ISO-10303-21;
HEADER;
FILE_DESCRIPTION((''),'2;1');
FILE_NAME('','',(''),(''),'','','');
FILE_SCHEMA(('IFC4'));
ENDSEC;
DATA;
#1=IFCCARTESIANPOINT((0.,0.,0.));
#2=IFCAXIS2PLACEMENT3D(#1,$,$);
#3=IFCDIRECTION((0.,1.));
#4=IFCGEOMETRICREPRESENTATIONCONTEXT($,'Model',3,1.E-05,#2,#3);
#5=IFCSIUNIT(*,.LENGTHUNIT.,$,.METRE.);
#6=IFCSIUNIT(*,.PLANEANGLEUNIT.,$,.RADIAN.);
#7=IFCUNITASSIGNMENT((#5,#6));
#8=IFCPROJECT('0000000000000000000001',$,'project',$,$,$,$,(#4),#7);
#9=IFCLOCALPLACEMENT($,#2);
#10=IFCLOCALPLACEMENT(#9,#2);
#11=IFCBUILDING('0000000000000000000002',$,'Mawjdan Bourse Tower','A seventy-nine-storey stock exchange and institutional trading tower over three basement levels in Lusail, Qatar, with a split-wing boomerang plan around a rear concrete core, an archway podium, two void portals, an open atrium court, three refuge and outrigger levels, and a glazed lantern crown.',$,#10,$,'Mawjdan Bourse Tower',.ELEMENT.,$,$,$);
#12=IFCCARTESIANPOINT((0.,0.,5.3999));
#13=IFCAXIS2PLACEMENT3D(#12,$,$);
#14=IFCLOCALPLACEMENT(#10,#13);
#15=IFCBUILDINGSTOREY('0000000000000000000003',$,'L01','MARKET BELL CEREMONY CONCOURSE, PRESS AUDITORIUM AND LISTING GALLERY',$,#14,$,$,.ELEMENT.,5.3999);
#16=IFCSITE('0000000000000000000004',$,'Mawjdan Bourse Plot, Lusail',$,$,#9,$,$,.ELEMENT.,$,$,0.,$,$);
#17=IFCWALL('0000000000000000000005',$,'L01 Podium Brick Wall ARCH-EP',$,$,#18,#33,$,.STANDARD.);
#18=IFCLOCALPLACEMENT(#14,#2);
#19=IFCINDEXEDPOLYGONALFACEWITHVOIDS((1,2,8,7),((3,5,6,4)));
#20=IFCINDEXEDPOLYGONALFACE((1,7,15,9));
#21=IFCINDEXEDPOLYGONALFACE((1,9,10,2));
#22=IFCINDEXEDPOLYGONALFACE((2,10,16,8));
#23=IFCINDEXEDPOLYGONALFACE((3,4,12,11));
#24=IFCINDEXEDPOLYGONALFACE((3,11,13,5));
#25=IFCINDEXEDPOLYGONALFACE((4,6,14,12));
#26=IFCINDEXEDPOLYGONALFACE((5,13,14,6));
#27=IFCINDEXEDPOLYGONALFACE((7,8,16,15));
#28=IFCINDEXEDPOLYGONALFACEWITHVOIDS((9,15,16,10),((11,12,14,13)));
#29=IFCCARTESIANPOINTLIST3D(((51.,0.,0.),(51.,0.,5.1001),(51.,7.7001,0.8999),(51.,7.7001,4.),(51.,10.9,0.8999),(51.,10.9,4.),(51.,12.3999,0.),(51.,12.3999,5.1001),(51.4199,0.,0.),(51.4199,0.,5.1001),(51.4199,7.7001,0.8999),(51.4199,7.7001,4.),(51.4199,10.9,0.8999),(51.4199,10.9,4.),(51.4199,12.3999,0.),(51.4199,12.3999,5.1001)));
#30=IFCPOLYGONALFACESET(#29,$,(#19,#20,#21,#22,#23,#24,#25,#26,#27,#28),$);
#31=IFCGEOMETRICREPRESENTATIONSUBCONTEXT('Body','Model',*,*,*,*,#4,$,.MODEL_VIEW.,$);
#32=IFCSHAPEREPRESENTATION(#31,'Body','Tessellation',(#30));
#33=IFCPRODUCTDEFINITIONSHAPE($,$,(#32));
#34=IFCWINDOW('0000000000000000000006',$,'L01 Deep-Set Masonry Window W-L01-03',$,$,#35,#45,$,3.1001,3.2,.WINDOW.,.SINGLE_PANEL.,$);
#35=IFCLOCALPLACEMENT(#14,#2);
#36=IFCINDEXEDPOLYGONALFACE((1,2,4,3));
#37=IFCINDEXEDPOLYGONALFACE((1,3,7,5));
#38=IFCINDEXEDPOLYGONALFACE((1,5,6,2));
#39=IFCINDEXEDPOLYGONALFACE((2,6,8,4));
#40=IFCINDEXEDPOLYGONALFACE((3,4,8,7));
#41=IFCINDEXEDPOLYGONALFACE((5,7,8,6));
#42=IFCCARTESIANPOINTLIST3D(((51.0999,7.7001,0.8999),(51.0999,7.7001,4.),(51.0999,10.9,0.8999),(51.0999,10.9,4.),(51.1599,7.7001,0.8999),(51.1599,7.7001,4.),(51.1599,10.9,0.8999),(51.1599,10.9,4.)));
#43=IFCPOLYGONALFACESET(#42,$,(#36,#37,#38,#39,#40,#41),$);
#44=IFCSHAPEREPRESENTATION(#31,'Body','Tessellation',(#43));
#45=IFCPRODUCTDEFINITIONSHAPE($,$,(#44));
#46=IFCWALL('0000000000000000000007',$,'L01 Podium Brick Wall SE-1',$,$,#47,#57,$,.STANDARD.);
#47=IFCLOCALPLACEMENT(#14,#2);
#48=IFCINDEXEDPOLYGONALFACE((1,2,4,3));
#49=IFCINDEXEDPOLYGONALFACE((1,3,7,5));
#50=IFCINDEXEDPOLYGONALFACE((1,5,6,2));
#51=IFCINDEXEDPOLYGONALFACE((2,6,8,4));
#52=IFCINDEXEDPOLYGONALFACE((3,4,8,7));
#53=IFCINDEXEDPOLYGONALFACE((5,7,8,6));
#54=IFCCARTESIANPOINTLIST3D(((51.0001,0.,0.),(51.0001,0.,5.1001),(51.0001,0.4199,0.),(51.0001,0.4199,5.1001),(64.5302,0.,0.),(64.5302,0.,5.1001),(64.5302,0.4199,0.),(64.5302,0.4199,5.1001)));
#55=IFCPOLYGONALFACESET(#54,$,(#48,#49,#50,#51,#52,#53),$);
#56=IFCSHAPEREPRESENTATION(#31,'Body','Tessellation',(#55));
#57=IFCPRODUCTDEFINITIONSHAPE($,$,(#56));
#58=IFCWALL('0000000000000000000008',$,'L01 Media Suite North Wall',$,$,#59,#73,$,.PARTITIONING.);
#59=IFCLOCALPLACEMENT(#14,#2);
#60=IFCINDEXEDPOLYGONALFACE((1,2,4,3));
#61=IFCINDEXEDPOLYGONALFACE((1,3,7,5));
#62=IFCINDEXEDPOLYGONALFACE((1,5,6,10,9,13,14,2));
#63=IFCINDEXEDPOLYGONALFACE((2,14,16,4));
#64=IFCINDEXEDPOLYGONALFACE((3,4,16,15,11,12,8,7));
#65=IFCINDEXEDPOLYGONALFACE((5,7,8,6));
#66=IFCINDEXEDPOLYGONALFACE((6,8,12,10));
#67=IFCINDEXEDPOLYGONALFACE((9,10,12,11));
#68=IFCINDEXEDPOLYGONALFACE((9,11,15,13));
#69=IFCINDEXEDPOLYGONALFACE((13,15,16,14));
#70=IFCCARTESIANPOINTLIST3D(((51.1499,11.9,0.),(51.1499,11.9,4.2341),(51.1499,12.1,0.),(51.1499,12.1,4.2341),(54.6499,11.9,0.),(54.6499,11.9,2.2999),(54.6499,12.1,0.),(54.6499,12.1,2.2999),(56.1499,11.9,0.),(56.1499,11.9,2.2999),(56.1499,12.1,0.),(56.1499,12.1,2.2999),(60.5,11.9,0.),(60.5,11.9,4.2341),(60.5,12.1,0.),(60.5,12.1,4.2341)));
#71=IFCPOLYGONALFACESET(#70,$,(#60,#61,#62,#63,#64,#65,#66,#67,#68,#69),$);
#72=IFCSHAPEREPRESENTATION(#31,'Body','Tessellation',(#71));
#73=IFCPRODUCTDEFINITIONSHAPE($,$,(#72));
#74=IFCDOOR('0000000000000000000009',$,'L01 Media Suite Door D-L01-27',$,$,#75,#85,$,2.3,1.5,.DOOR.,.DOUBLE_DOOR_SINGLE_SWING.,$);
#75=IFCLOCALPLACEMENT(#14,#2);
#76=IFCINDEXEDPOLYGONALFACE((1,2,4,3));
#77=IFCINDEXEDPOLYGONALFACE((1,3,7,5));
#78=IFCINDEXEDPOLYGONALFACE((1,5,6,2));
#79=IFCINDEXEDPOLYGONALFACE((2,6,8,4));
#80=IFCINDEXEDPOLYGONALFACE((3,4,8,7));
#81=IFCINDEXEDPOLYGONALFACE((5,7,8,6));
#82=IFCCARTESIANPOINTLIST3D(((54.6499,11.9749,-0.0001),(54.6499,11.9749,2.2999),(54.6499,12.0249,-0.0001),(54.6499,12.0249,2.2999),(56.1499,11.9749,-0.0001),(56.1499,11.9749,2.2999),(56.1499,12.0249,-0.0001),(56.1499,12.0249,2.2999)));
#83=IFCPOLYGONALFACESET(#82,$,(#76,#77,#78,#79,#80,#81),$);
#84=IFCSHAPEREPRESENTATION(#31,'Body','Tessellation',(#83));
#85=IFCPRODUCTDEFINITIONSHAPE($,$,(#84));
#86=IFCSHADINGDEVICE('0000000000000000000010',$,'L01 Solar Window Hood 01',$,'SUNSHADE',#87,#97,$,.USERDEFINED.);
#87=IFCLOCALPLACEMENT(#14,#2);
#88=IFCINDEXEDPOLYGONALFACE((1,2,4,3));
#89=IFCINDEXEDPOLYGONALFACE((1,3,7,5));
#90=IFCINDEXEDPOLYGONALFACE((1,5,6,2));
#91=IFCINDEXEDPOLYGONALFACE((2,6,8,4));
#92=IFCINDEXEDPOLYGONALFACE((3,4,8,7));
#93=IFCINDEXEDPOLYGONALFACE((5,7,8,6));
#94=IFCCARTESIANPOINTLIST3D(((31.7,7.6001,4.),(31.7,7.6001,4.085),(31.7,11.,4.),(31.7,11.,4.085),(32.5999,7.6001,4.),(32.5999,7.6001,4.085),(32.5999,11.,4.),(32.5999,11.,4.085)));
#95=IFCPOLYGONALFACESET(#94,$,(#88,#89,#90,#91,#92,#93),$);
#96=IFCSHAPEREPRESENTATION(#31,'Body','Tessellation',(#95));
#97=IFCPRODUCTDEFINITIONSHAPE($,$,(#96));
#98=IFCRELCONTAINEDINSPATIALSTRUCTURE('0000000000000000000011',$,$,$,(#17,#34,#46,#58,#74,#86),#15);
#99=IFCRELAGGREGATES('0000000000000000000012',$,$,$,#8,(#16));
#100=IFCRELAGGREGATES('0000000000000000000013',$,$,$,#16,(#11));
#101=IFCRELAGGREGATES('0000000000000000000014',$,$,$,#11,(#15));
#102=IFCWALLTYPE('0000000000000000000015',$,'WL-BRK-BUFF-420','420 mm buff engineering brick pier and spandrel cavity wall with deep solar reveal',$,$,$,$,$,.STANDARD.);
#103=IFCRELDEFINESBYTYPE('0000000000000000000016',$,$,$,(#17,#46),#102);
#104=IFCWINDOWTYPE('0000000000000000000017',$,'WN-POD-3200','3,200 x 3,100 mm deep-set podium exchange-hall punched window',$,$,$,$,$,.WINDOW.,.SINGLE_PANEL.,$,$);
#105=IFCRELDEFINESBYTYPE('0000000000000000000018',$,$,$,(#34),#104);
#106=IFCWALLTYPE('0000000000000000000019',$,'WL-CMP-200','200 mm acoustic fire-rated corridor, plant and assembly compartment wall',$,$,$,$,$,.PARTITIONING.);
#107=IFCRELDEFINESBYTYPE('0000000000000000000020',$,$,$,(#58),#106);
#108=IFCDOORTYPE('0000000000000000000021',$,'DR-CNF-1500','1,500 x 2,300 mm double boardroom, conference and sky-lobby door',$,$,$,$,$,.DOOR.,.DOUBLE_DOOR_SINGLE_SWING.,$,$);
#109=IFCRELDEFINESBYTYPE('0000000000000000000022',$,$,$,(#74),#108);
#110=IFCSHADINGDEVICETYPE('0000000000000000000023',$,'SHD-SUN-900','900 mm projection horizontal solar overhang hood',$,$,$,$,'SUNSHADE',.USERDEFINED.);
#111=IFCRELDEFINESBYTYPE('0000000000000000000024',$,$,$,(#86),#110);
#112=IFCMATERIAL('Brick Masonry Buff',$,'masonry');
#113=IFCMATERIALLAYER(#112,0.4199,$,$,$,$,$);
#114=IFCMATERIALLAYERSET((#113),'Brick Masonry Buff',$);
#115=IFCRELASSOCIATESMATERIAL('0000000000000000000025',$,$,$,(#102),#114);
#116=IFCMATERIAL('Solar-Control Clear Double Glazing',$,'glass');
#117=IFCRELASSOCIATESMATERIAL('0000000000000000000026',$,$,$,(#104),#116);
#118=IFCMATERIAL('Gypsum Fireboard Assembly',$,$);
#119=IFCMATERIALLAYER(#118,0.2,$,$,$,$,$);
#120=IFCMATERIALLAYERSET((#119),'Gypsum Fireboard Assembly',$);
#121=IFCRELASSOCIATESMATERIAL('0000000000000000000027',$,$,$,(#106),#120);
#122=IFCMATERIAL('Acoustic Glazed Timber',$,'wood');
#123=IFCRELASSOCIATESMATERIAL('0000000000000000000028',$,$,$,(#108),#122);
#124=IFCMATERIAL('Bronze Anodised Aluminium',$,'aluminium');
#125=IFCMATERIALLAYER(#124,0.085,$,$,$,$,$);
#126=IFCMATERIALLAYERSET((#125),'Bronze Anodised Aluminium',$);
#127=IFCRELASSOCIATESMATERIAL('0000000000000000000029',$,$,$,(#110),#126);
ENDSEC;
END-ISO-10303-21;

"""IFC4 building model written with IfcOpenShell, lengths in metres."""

from ifc_helpers import new_model, si_unit, direction, frame, frame_2d, origin, origin_2d, place, context, subcontext, project, spatial, rectangle, extrude, material, layer, layer_set, type_object, element, fill, save


model = new_model("IFC4")

# Units and contexts
model_context = context("Model", 3, precision=1e-05, world=origin(), true_north=direction((0.0, 1.0)))
body_context = subcontext(model_context, "Body", "Model", "MODEL_VIEW")
ifc_project = project(units=[si_unit("LENGTHUNIT", "METRE"), si_unit("PLANEANGLEUNIT", "RADIAN")], contexts=[model_context])

# Site, building, storey
site_placement = place(None, origin())
site = spatial("IfcSite", under=ifc_project, at=site_placement, Name="Mawjdan Bourse Plot, Lusail", CompositionType="ELEMENT", RefElevation=0.0)
building_placement = place(site_placement, origin())
building = spatial("IfcBuilding", under=site, at=building_placement, Name="Mawjdan Bourse Tower", Description="A seventy-nine-storey stock exchange and institutional trading tower over three basement levels in Lusail, Qatar, with a split-wing boomerang plan around a rear concrete core, an archway podium, two void portals, an open atrium court, three refuge and outrigger levels, and a glazed lantern crown.", LongName="Mawjdan Bourse Tower", CompositionType="ELEMENT")
storey_placement = place(building_placement, frame((0.0, 0.0, 5.3999)))
storey = spatial("IfcBuildingStorey", under=building, at=storey_placement, Name="L01", Description="MARKET BELL CEREMONY CONCOURSE, PRESS AUDITORIUM AND LISTING GALLERY", CompositionType="ELEMENT", Elevation=5.3999)

# Wall, opening, window
ifc_material_1 = material(Name="Brick Masonry Buff", Category="masonry")
ifc_layer_1 = layer(ifc_material_1, 0.4199)
ifc_layer_set_1 = layer_set([ifc_layer_1], Name="Brick Masonry Buff")
wall_type_1 = type_object("IfcWallType", Name="WL-BRK-BUFF-420", Description="420 mm buff engineering brick pier and spandrel cavity wall with deep solar reveal", PredefinedType="STANDARD", material=ifc_layer_set_1)
ifc_material_2 = material(Name="Solar-Control Clear Double Glazing", Category="glass")
window_type = type_object("IfcWindowType", Name="WN-POD-3200", Description="3,200 x 3,100 mm deep-set podium exchange-hall punched window", PartitioningType="SINGLE_PANEL", PredefinedType="WINDOW", material=ifc_material_2)
wall_1_placement = place(storey_placement, frame((51.21, 0.0, 0.0), z_axis=(0.0, 0.0, 1.0), x_axis=(0.0, 1.0, 0.0)))
wall_1 = element("IfcWall", 1, at=wall_1_placement, inside=storey, type_object=wall_type_1, Name="L01 Podium Brick Wall ARCH-EP", PredefinedType="STANDARD", context=body_context, shape_type="SweptSolid", body=[
    extrude(rectangle(XDim=12.3999, YDim=0.4199, at=frame_2d((6.2, 0.0))), origin(), (0.0, 0.0, 1.0), 5.1001),
])
opening_1_placement = place(wall_1_placement, frame((7.7, 0.0, 0.8999)))
opening_1 = element("IfcOpeningElement", 2, at=opening_1_placement, cuts=wall_1, PredefinedType="OPENING", context=body_context, shape_type="SweptSolid", body=[
    extrude(rectangle(XDim=3.2, YDim=3.1001, at=frame_2d((1.6001, 1.55))), frame((0.0, 0.22, 0.0), z_axis=(0.0, -1.0, 0.0), x_axis=(1.0, 0.0, 0.0)), (0.0, 0.0, 1.0), 0.4399),
])
window_1_placement = place(opening_1_placement, origin())
window_1 = element("IfcWindow", 3, at=window_1_placement, inside=storey, type_object=window_type, Name="L01 Deep-Set Masonry Window W-L01-03", OverallHeight=3.1001, OverallWidth=3.2, PartitioningType="SINGLE_PANEL", PredefinedType="WINDOW", context=body_context, shape_type="SweptSolid", body=[
    extrude(rectangle(XDim=3.2, YDim=3.1001, at=frame_2d((1.6001, 1.55))), frame((0.0, 0.1101, 0.0), z_axis=(0.0, -1.0, 0.0), x_axis=(1.0, 0.0, 0.0)), (0.0, 0.0, 1.0), 0.0601),
])
fill(opening_1, window_1)

# Wall
wall_2_placement = place(storey_placement, frame((51.0, 0.21, 0.0), z_axis=(0.0, 0.0, 1.0), x_axis=(1.0, 0.0, 0.0)))
element("IfcWall", 4, at=wall_2_placement, inside=storey, type_object=wall_type_1, Name="L01 Podium Brick Wall SE-1", PredefinedType="STANDARD", context=body_context, shape_type="SweptSolid", body=[
    extrude(rectangle(XDim=13.53, YDim=0.4199, at=frame_2d((6.7651, 0.0))), origin(), (0.0, 0.0, 1.0), 5.1001),
])

# Wall, opening, door
ifc_material_3 = material(Name="Gypsum Fireboard Assembly")
ifc_layer_2 = layer(ifc_material_3, 0.2)
ifc_layer_set_2 = layer_set([ifc_layer_2], Name="Gypsum Fireboard Assembly")
wall_type_2 = type_object("IfcWallType", Name="WL-CMP-200", Description="200 mm acoustic fire-rated corridor, plant and assembly compartment wall", PredefinedType="PARTITIONING", material=ifc_layer_set_2)
wall_3_placement = place(storey_placement, frame((51.1499, 12.0, 0.0), z_axis=(0.0, 0.0, 1.0), x_axis=(1.0, 0.0, 0.0)))
wall_3 = element("IfcWall", 5, at=wall_3_placement, inside=storey, type_object=wall_type_2, Name="L01 Media Suite North Wall", PredefinedType="PARTITIONING", context=body_context, shape_type="SweptSolid", body=[
    extrude(rectangle(XDim=9.3501, YDim=0.2, at=frame_2d((4.675, 0.0))), origin(), (0.0, 0.0, 1.0), 4.2341),
])
opening_2_placement = place(wall_3_placement, frame((3.5, 0.0, 0.0)))
opening_2 = element("IfcOpeningElement", 6, at=opening_2_placement, cuts=wall_3, PredefinedType="OPENING", context=body_context, shape_type="SweptSolid", body=[
    extrude(rectangle(XDim=1.5, YDim=2.3, at=frame_2d((0.75, 1.1499))), frame((0.0, 0.1099, 0.0), z_axis=(0.0, -1.0, 0.0), x_axis=(1.0, 0.0, 0.0)), (0.0, 0.0, 1.0), 0.22),
])
ifc_material_4 = material(Name="Acoustic Glazed Timber", Category="wood")
door_type = type_object("IfcDoorType", Name="DR-CNF-1500", Description="1,500 x 2,300 mm double boardroom, conference and sky-lobby door", OperationType="DOUBLE_DOOR_SINGLE_SWING", PredefinedType="DOOR", material=ifc_material_4)
door_placement = place(opening_2_placement, origin())
door = element("IfcDoor", 7, at=door_placement, inside=storey, type_object=door_type, Name="L01 Media Suite Door D-L01-27", OperationType="DOUBLE_DOOR_SINGLE_SWING", OverallHeight=2.3, OverallWidth=1.5, PredefinedType="DOOR", context=body_context, shape_type="SweptSolid", body=[
    extrude(rectangle(XDim=1.5, YDim=2.3, at=frame_2d((0.75, 1.1499))), frame((0.0, 0.0249, 0.0), z_axis=(0.0, -1.0, 0.0), x_axis=(1.0, 0.0, 0.0)), (0.0, 0.0, 1.0), 0.05),
])
fill(opening_2, door)

# Shading device
ifc_material_5 = material(Name="Bronze Anodised Aluminium", Category="aluminium")
ifc_layer_3 = layer(ifc_material_5, 0.085)
ifc_layer_set_3 = layer_set([ifc_layer_3], Name="Bronze Anodised Aluminium")
shading_device_type = type_object("IfcShadingDeviceType", Name="SHD-SUN-900", Description="900 mm projection horizontal solar overhang hood", ElementType="SUNSHADE", PredefinedType="USERDEFINED", material=ifc_layer_set_3)
shading_device_placement = place(storey_placement, frame((32.1499, 9.3, 4.0), z_axis=(0.0, 0.0, 1.0), x_axis=(0.0, -1.0, 0.0)))
element("IfcShadingDevice", 8, at=shading_device_placement, inside=storey, type_object=shading_device_type, Name="L01 Solar Window Hood 01", ObjectType="SUNSHADE", PredefinedType="USERDEFINED", context=body_context, shape_type="SweptSolid", body=[
    extrude(rectangle(XDim=3.3999, YDim=0.8999, at=origin_2d()), origin(), (0.0, 0.0, 1.0), 0.085),
])

save(model, "model.ifc")
